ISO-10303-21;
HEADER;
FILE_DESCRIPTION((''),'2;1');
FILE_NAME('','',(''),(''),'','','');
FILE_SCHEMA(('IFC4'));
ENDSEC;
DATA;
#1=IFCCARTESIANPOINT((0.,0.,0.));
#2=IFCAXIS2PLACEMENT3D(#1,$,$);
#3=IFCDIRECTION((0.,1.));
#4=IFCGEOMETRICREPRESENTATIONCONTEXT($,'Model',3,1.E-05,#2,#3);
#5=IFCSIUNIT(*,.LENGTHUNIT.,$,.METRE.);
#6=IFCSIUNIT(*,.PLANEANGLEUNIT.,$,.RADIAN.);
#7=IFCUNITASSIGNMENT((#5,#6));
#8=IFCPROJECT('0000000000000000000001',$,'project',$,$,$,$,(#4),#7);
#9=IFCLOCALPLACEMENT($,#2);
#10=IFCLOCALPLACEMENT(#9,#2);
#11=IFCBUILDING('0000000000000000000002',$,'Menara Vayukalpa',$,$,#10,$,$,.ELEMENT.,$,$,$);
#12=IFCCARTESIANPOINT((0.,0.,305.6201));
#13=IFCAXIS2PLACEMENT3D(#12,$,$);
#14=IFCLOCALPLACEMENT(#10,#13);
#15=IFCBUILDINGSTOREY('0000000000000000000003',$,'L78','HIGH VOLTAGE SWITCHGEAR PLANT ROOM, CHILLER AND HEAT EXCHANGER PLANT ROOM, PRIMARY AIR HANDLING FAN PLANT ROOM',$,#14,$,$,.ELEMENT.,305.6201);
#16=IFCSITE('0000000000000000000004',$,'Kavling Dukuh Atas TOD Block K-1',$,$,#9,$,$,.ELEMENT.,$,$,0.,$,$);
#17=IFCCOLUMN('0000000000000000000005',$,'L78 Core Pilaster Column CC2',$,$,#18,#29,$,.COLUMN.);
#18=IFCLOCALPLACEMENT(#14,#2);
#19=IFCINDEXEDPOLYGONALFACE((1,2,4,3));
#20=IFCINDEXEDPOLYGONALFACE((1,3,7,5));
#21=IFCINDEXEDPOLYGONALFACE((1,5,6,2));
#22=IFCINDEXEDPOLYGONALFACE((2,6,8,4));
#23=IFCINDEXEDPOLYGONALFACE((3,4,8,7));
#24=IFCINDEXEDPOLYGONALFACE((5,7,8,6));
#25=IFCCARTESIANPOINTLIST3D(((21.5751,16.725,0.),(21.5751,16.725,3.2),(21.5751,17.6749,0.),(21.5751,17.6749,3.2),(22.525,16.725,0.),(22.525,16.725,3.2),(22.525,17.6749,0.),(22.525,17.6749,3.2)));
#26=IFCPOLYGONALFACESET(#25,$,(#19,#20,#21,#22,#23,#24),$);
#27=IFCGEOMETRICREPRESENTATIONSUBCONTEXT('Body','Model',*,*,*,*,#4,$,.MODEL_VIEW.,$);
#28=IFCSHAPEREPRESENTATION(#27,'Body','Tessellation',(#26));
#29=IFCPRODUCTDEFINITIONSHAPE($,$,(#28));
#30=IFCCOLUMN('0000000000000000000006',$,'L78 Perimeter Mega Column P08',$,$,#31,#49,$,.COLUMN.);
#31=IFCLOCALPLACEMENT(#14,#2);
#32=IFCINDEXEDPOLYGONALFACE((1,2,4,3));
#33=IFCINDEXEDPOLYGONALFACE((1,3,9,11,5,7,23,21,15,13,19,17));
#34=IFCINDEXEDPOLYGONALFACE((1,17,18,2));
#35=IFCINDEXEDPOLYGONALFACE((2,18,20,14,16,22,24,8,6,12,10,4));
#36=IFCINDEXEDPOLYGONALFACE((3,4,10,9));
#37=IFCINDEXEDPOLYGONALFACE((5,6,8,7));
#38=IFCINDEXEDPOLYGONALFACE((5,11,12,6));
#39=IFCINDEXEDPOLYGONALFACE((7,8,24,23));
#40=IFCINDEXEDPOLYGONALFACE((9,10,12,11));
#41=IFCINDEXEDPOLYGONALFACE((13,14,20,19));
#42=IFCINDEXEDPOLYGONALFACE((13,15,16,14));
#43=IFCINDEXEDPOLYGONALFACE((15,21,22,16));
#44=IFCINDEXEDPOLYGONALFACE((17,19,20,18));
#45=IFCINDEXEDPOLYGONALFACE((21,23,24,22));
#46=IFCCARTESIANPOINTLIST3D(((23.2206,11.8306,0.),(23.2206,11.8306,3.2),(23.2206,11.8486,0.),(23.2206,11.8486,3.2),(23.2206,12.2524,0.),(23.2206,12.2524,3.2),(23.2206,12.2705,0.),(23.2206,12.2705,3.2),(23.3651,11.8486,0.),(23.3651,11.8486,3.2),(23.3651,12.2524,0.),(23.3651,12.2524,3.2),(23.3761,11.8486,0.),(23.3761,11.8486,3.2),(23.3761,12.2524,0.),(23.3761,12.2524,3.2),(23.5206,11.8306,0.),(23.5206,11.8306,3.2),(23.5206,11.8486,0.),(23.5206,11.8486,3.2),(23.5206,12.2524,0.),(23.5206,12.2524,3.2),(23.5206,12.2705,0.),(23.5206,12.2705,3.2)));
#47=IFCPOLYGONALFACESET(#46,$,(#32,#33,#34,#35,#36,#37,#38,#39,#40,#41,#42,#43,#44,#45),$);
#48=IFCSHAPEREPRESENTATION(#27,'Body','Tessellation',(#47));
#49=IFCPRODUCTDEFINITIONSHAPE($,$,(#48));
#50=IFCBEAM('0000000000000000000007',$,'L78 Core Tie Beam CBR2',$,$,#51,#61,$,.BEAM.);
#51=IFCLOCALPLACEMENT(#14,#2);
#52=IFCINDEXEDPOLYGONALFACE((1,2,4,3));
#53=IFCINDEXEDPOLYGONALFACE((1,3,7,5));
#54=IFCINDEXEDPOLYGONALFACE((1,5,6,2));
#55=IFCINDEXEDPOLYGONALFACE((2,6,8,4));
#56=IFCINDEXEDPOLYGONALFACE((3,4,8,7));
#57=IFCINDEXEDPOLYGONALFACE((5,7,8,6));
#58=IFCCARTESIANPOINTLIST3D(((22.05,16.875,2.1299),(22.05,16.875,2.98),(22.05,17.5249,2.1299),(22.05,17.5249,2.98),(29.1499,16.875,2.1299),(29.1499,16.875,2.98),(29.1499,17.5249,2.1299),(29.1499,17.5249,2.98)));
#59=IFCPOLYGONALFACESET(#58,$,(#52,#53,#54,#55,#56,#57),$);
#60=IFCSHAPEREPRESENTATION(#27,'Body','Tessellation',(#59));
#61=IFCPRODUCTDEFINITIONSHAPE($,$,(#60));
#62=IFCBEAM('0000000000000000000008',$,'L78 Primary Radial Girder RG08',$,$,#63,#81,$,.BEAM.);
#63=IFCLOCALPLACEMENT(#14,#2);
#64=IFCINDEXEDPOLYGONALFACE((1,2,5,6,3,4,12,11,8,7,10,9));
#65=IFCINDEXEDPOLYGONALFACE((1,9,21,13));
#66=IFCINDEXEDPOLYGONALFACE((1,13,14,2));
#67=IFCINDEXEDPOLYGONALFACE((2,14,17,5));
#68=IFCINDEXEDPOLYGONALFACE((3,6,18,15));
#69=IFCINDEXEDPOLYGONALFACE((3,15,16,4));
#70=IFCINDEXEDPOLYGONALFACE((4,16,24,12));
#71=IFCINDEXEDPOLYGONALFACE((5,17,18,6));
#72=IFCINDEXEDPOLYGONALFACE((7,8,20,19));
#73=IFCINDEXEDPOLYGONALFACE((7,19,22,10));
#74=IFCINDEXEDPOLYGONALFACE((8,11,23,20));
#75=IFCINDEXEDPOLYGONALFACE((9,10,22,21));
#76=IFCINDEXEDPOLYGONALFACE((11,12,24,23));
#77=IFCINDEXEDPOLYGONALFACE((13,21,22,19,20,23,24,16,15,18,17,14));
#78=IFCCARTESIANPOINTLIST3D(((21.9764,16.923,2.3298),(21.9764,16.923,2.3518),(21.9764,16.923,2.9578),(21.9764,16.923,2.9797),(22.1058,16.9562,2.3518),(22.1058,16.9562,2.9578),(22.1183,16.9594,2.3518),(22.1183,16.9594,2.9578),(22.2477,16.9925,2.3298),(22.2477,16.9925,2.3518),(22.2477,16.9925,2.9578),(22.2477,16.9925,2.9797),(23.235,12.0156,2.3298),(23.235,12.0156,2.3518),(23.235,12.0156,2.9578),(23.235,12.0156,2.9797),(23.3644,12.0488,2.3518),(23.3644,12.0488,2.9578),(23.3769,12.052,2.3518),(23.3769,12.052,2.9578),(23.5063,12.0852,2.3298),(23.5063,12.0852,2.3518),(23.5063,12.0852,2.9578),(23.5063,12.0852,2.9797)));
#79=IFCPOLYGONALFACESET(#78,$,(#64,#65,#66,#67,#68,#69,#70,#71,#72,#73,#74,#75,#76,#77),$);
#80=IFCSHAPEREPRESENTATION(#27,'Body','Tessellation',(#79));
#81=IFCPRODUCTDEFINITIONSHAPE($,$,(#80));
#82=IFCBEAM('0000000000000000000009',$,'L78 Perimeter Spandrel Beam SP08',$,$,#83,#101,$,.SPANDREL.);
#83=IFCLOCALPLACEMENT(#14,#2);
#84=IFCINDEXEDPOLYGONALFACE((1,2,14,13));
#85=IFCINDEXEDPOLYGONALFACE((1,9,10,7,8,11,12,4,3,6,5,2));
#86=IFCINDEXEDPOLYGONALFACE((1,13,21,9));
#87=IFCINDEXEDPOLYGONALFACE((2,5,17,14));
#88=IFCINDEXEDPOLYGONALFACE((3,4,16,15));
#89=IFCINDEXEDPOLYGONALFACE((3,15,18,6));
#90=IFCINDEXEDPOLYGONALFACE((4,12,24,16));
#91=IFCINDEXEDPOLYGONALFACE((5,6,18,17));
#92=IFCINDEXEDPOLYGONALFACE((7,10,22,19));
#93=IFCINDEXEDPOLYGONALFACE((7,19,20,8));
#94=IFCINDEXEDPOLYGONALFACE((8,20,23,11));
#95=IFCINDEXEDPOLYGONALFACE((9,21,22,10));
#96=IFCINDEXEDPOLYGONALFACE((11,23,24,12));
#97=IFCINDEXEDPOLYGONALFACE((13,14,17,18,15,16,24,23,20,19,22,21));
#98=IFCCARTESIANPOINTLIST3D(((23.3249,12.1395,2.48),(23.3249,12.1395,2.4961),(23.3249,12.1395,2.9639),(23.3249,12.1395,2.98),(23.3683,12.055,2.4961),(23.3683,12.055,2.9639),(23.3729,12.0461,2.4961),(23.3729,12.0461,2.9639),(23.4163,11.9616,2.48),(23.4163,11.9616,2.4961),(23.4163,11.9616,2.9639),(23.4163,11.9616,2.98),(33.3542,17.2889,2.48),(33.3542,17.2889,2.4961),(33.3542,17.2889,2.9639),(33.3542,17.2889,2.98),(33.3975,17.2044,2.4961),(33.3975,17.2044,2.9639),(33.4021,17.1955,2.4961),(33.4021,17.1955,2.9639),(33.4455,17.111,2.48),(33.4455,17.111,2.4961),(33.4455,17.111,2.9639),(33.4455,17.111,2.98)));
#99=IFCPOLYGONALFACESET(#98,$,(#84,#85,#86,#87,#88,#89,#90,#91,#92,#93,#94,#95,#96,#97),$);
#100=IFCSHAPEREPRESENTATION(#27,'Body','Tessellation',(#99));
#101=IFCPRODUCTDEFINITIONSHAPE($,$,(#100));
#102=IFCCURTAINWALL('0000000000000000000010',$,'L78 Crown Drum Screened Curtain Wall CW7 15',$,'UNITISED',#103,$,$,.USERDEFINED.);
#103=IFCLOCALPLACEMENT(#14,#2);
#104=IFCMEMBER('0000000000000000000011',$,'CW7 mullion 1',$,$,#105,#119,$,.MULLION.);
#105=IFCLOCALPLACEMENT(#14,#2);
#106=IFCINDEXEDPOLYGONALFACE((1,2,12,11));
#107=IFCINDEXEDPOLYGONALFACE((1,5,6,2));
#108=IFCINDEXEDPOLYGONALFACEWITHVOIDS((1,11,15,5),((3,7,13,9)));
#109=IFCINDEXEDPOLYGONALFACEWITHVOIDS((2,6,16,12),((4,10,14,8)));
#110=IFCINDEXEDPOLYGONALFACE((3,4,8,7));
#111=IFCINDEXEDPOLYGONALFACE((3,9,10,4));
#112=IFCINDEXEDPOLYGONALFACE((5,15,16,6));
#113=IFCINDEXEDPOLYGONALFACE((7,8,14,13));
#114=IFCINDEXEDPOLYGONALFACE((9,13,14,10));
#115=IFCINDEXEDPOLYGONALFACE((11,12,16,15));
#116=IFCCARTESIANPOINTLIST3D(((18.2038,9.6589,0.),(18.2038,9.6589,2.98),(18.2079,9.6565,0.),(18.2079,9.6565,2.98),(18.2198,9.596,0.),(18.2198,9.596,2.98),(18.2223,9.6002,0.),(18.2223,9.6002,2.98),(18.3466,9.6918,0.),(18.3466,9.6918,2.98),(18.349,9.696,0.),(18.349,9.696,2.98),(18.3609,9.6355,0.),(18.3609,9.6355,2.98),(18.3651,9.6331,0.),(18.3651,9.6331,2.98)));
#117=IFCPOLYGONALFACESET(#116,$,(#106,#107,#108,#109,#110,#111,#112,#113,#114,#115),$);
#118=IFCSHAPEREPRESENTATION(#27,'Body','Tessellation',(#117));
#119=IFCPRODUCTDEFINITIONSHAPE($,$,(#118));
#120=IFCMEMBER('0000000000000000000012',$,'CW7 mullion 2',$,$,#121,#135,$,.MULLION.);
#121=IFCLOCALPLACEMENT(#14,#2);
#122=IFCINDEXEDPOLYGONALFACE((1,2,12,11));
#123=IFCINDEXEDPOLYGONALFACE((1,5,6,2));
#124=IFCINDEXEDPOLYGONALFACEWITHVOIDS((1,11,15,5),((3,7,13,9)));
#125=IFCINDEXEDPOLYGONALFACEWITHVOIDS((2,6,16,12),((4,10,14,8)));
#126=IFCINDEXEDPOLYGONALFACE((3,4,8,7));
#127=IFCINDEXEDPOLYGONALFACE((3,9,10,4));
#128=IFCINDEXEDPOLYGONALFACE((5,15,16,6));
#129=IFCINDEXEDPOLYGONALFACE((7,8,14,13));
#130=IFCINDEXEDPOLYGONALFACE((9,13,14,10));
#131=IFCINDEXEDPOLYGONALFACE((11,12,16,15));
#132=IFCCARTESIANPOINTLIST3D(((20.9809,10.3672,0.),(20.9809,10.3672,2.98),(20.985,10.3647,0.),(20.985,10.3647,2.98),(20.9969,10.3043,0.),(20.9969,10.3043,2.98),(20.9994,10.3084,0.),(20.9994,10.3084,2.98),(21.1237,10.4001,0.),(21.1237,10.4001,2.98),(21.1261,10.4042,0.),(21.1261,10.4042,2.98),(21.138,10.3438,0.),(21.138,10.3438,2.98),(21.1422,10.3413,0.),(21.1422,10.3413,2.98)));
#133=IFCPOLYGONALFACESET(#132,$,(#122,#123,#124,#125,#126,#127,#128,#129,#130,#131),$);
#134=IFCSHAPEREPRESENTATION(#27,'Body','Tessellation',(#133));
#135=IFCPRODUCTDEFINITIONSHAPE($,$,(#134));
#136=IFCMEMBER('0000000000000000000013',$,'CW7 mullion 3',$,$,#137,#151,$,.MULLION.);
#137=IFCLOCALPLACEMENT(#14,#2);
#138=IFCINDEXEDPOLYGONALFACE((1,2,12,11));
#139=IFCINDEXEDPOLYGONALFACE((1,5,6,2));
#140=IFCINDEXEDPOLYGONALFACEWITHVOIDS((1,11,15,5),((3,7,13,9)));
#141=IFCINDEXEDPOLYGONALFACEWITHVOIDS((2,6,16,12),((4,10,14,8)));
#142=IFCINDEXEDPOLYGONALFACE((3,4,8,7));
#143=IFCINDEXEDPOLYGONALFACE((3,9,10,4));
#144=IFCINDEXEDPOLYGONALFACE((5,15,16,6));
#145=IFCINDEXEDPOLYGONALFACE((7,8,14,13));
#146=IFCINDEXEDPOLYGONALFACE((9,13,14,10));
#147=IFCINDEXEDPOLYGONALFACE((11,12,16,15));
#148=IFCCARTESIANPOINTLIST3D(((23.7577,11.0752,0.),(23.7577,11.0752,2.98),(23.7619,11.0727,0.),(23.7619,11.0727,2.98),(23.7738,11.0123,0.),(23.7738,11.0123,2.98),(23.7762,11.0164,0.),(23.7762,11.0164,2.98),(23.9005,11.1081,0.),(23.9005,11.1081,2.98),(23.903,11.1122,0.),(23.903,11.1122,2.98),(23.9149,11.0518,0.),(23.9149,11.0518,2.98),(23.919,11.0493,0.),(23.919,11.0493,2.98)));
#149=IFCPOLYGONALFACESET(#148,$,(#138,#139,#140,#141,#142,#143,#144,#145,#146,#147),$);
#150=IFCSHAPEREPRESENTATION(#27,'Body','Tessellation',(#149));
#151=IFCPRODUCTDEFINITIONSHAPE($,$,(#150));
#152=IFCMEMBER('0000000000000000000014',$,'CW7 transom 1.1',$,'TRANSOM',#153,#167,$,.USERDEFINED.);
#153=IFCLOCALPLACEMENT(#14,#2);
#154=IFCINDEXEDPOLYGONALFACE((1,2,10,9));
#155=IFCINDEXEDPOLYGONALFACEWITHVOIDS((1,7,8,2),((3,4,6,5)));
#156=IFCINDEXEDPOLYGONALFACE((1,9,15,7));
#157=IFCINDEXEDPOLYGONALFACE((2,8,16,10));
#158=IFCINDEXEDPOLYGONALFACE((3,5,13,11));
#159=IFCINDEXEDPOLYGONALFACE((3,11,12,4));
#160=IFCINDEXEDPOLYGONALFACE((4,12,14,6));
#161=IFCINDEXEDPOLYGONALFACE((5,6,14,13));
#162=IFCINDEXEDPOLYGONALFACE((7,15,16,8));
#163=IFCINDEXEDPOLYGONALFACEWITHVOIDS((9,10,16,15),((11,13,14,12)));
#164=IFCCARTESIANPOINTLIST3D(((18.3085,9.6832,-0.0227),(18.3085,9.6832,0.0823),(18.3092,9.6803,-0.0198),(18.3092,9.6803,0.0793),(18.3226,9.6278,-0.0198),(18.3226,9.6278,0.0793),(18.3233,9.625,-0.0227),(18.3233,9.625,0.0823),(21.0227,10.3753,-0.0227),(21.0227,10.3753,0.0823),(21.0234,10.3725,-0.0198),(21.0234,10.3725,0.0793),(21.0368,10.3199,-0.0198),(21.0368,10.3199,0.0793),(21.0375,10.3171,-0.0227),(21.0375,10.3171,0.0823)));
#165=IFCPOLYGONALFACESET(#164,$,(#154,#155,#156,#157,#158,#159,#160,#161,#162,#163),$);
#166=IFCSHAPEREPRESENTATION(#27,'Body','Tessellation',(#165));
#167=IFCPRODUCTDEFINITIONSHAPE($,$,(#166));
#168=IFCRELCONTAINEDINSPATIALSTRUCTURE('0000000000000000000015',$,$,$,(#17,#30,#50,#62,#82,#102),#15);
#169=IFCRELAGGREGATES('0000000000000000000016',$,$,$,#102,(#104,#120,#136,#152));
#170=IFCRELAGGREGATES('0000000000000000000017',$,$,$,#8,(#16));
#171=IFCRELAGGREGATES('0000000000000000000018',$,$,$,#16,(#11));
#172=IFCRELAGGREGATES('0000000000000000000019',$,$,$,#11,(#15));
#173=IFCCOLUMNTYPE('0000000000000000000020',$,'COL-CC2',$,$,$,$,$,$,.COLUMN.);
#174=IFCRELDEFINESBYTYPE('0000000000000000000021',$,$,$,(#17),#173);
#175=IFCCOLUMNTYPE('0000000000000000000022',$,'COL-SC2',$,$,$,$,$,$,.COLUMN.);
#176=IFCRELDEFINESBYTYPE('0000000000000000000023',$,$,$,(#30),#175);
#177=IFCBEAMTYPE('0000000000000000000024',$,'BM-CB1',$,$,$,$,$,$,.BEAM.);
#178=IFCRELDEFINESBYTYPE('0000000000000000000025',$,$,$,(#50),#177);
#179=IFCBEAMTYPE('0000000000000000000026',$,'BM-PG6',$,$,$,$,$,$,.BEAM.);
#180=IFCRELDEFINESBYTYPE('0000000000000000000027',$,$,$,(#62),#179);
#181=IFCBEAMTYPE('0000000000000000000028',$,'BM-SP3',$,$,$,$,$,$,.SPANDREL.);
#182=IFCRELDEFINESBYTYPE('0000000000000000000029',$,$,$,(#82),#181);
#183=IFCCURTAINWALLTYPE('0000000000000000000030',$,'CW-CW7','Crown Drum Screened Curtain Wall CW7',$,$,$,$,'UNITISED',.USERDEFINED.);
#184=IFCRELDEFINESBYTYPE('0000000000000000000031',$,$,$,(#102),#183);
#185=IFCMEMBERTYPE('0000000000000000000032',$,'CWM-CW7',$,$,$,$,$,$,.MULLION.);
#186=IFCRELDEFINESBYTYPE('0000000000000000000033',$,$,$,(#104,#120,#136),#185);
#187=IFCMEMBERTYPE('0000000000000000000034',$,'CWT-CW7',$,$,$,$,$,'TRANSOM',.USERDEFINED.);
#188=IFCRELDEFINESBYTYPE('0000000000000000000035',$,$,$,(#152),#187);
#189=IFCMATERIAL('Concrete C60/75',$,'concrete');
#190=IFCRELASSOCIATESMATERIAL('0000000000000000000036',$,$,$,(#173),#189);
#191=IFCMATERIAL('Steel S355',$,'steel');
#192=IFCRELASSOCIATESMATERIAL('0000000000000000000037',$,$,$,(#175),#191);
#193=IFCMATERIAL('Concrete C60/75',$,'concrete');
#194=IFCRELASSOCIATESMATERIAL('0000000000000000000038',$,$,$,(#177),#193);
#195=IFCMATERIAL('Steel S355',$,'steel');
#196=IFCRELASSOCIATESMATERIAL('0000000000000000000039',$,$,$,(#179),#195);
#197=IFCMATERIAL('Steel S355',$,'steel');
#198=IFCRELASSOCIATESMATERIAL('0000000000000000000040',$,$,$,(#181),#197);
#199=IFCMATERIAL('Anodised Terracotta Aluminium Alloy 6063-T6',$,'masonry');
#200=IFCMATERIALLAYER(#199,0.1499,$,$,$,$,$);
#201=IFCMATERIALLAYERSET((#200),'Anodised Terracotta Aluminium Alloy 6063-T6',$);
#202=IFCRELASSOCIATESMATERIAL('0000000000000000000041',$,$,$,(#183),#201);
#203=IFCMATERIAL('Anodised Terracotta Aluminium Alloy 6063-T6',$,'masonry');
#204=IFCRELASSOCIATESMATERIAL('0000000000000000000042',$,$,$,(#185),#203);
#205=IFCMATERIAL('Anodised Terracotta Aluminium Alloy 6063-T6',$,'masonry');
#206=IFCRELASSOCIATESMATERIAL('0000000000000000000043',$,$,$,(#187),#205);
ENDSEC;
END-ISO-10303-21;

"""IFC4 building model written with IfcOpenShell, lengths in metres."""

from ifc_helpers import new_model, si_unit, direction, frame, origin, origin_2d, place, context, subcontext, project, spatial, rectangle, hollow_rectangle, i_section, extrude, material, layer, layer_set, material_profile, profile_set, type_object, element, aggregate, save


model = new_model("IFC4")

# Units and contexts
model_context = context("Model", 3, precision=1e-05, world=origin(), true_north=direction((0.0, 1.0)))
body_context = subcontext(model_context, "Body", "Model", "MODEL_VIEW")
ifc_project = project(units=[si_unit("LENGTHUNIT", "METRE"), si_unit("PLANEANGLEUNIT", "RADIAN")], contexts=[model_context])

# Site, building, storey
site_placement = place(None, origin())
site = spatial("IfcSite", under=ifc_project, at=site_placement, Name="Kavling Dukuh Atas TOD Block K-1", CompositionType="ELEMENT", RefElevation=0.0)
building_placement = place(site_placement, origin())
building = spatial("IfcBuilding", under=site, at=building_placement, Name="Menara Vayukalpa", CompositionType="ELEMENT")
storey_placement = place(building_placement, frame((0.0, 0.0, 305.6201)))
storey = spatial("IfcBuildingStorey", under=building, at=storey_placement, Name="L78", Description="HIGH VOLTAGE SWITCHGEAR PLANT ROOM, CHILLER AND HEAT EXCHANGER PLANT ROOM, PRIMARY AIR HANDLING FAN PLANT ROOM", CompositionType="ELEMENT", Elevation=305.6201)

# Columns
ifc_material_1 = material(Name="Concrete C60/75", Category="concrete")
ifc_material_profile_1 = material_profile(ifc_material_1, rectangle(XDim=0.95, YDim=0.95, at=origin_2d()), Name="RC 950x950")
ifc_profile_set_1 = profile_set([ifc_material_profile_1], Name="Concrete C60/75")
column_type_1 = type_object("IfcColumnType", Name="COL-CC2", PredefinedType="COLUMN", material=ifc_profile_set_1)
column_1_placement = place(storey_placement, frame((22.05, 17.2, 0.0), z_axis=(0.0, 0.0, 1.0), x_axis=(1.0, 0.0, 0.0)))
element("IfcColumn", 1, at=column_1_placement, inside=storey, type_object=column_type_1, Name="L78 Core Pilaster Column CC2", PredefinedType="COLUMN", context=body_context, shape_type="SweptSolid", body=[
    extrude(rectangle(XDim=0.95, YDim=0.95, at=origin_2d()), origin(), (0.0, 0.0, 1.0), 3.2),
])
ifc_material_2 = material(Name="Steel S355", Category="steel")
ifc_material_profile_2 = material_profile(ifc_material_2, i_section(OverallWidth=0.3, OverallDepth=0.4399, WebThickness=0.011, FlangeThickness=0.0181, at=origin_2d()), Name="H 440x300x11x18")
ifc_profile_set_2 = profile_set([ifc_material_profile_2], Name="Steel S355")
column_type_2 = type_object("IfcColumnType", Name="COL-SC2", PredefinedType="COLUMN", material=ifc_profile_set_2)
column_2_placement = place(storey_placement, frame((23.3706, 12.0505, 0.0), z_axis=(0.0, 0.0, 1.0), x_axis=(1.0, 0.0, 0.0)))
element("IfcColumn", 2, at=column_2_placement, inside=storey, type_object=column_type_2, Name="L78 Perimeter Mega Column P08", PredefinedType="COLUMN", context=body_context, shape_type="SweptSolid", body=[
    extrude(i_section(OverallWidth=0.3, OverallDepth=0.4399, WebThickness=0.011, FlangeThickness=0.0181, at=origin_2d()), origin(), (0.0, 0.0, 1.0), 3.2),
])

# Beams
ifc_material_3 = material(Name="Concrete C60/75", Category="concrete")
ifc_material_profile_3 = material_profile(ifc_material_3, rectangle(XDim=0.6499, YDim=0.8501, at=origin_2d()), Name="RC 650x850")
ifc_profile_set_3 = profile_set([ifc_material_profile_3], Name="Concrete C60/75")
beam_type_1 = type_object("IfcBeamType", Name="BM-CB1", PredefinedType="BEAM", material=ifc_profile_set_3)
beam_1_placement = place(storey_placement, frame((22.05, 17.2, 2.5549), z_axis=(1.0, 0.0, 0.0), x_axis=(0.0, 1.0, 0.0)))
element("IfcBeam", 3, at=beam_1_placement, inside=storey, type_object=beam_type_1, Name="L78 Core Tie Beam CBR2", PredefinedType="BEAM", context=body_context, shape_type="SweptSolid", body=[
    extrude(rectangle(XDim=0.6499, YDim=0.8501, at=origin_2d()), origin(), (0.0, 0.0, 1.0), 7.0999),
])
ifc_material_4 = material(Name="Steel S355", Category="steel")
ifc_material_profile_4 = material_profile(ifc_material_4, i_section(OverallWidth=0.28, OverallDepth=0.6499, WebThickness=0.0129, FlangeThickness=0.022, at=origin_2d()), Name="WF 650x280x13x22")
ifc_profile_set_4 = profile_set([ifc_material_profile_4], Name="Steel S355")
beam_type_2 = type_object("IfcBeamType", Name="BM-PG6", PredefinedType="BEAM", material=ifc_profile_set_4)
beam_2_placement = place(storey_placement, frame((22.1121, 16.9578, 2.6548), z_axis=(0.248428, -0.96865, 0.0), x_axis=(0.96865, 0.248428, 0.0)))
element("IfcBeam", 4, at=beam_2_placement, inside=storey, type_object=beam_type_2, Name="L78 Primary Radial Girder RG08", PredefinedType="BEAM", context=body_context, shape_type="SweptSolid", body=[
    extrude(i_section(OverallWidth=0.28, OverallDepth=0.6499, WebThickness=0.0129, FlangeThickness=0.022, at=origin_2d()), origin(), (0.0, 0.0, 1.0), 5.0662),
])
ifc_material_5 = material(Name="Steel S355", Category="steel")
ifc_material_profile_5 = material_profile(ifc_material_5, i_section(OverallWidth=0.2, OverallDepth=0.5, WebThickness=0.01, FlangeThickness=0.0161, at=origin_2d()), Name="WF 500x200x10x16")
ifc_profile_set_5 = profile_set([ifc_material_profile_5], Name="Steel S355")
beam_type_3 = type_object("IfcBeamType", Name="BM-SP3", PredefinedType="SPANDREL", material=ifc_profile_set_5)
beam_3_placement = place(storey_placement, frame((23.3706, 12.0505, 2.73), z_axis=(0.889595, 0.456751, 0.0), x_axis=(-0.456751, 0.889595, 0.0)))
element("IfcBeam", 5, at=beam_3_placement, inside=storey, type_object=beam_type_3, Name="L78 Perimeter Spandrel Beam SP08", PredefinedType="SPANDREL", context=body_context, shape_type="SweptSolid", body=[
    extrude(i_section(OverallWidth=0.2, OverallDepth=0.5, WebThickness=0.01, FlangeThickness=0.0161, at=origin_2d()), origin(), (0.0, 0.0, 1.0), 11.2739),
])

# Curtain wall, members
ifc_material_6 = material(Name="Anodised Terracotta Aluminium Alloy 6063-T6", Category="masonry")
ifc_layer_1 = layer(ifc_material_6, 0.1499)
ifc_layer_set_1 = layer_set([ifc_layer_1], Name="Anodised Terracotta Aluminium Alloy 6063-T6")
curtain_wall_type = type_object("IfcCurtainWallType", Name="CW-CW7", Description="Crown Drum Screened Curtain Wall CW7", ElementType="UNITISED", PredefinedType="USERDEFINED", material=ifc_layer_set_1)
curtain_wall_placement = place(storey_placement, origin())
curtain_wall = element("IfcCurtainWall", 6, at=curtain_wall_placement, inside=storey, type_object=curtain_wall_type, Name="L78 Crown Drum Screened Curtain Wall CW7 15", ObjectType="UNITISED", PredefinedType="USERDEFINED")
ifc_material_7 = material(Name="Anodised Terracotta Aluminium Alloy 6063-T6", Category="masonry")
ifc_material_profile_6 = material_profile(ifc_material_7, hollow_rectangle(XDim=0.0649, YDim=0.1499, WallThickness=0.0034, at=origin_2d()), Name="ALU 65x150x3.5")
ifc_profile_set_6 = profile_set([ifc_material_profile_6], Name="Anodised Terracotta Aluminium Alloy 6063-T6")
member_type_1 = type_object("IfcMemberType", Name="CWM-CW7", PredefinedType="MULLION", material=ifc_profile_set_6)
member_1_placement = place(storey_placement, frame((18.2844, 9.646, 0.0), z_axis=(0.0, 0.0, 1.0), x_axis=(-0.247124, 0.968984, 0.0)))
member_1 = element("IfcMember", 7, at=member_1_placement, type_object=member_type_1, Name="CW7 mullion 1", PredefinedType="MULLION", context=body_context, shape_type="SweptSolid", body=[
    extrude(hollow_rectangle(XDim=0.0649, YDim=0.1499, WallThickness=0.0034, at=origin_2d()), origin(), (0.0, 0.0, 1.0), 2.98),
])
member_2_placement = place(storey_placement, frame((21.0615, 10.3542, 0.0), z_axis=(0.0, 0.0, 1.0), x_axis=(-0.247124, 0.968984, 0.0)))
member_2 = element("IfcMember", 8, at=member_2_placement, type_object=member_type_1, Name="CW7 mullion 2", PredefinedType="MULLION", context=body_context, shape_type="SweptSolid", body=[
    extrude(hollow_rectangle(XDim=0.0649, YDim=0.1499, WallThickness=0.0034, at=origin_2d()), origin(), (0.0, 0.0, 1.0), 2.98),
])
member_3_placement = place(storey_placement, frame((23.8384, 11.0623, 0.0), z_axis=(0.0, 0.0, 1.0), x_axis=(-0.247124, 0.968984, 0.0)))
member_3 = element("IfcMember", 9, at=member_3_placement, type_object=member_type_1, Name="CW7 mullion 3", PredefinedType="MULLION", context=body_context, shape_type="SweptSolid", body=[
    extrude(hollow_rectangle(XDim=0.0649, YDim=0.1499, WallThickness=0.0034, at=origin_2d()), origin(), (0.0, 0.0, 1.0), 2.98),
])
ifc_material_8 = material(Name="Anodised Terracotta Aluminium Alloy 6063-T6", Category="masonry")
ifc_material_profile_7 = material_profile(ifc_material_8, hollow_rectangle(XDim=0.0601, YDim=0.105, WallThickness=0.0029, at=origin_2d()), Name="ALU 60x105x3")
ifc_profile_set_7 = profile_set([ifc_material_profile_7], Name="Anodised Terracotta Aluminium Alloy 6063-T6")
member_type_2 = type_object("IfcMemberType", Name="CWT-CW7", ElementType="TRANSOM", PredefinedType="USERDEFINED", material=ifc_profile_set_7)
member_4_placement = place(storey_placement, frame((18.3159, 9.6541, 0.0298), z_axis=(0.968988, 0.247106, 0.0), x_axis=(-0.247106, 0.968988, 0.0)))
member_4 = element("IfcMember", 10, at=member_4_placement, type_object=member_type_2, Name="CW7 transom 1.1", ObjectType="TRANSOM", PredefinedType="USERDEFINED", context=body_context, shape_type="SweptSolid", body=[
    extrude(hollow_rectangle(XDim=0.0601, YDim=0.105, WallThickness=0.0029, at=origin_2d()), origin(), (0.0, 0.0, 1.0), 2.801),
])
aggregate(curtain_wall, [member_1, member_2, member_3, member_4])

save(model, "model.ifc")
